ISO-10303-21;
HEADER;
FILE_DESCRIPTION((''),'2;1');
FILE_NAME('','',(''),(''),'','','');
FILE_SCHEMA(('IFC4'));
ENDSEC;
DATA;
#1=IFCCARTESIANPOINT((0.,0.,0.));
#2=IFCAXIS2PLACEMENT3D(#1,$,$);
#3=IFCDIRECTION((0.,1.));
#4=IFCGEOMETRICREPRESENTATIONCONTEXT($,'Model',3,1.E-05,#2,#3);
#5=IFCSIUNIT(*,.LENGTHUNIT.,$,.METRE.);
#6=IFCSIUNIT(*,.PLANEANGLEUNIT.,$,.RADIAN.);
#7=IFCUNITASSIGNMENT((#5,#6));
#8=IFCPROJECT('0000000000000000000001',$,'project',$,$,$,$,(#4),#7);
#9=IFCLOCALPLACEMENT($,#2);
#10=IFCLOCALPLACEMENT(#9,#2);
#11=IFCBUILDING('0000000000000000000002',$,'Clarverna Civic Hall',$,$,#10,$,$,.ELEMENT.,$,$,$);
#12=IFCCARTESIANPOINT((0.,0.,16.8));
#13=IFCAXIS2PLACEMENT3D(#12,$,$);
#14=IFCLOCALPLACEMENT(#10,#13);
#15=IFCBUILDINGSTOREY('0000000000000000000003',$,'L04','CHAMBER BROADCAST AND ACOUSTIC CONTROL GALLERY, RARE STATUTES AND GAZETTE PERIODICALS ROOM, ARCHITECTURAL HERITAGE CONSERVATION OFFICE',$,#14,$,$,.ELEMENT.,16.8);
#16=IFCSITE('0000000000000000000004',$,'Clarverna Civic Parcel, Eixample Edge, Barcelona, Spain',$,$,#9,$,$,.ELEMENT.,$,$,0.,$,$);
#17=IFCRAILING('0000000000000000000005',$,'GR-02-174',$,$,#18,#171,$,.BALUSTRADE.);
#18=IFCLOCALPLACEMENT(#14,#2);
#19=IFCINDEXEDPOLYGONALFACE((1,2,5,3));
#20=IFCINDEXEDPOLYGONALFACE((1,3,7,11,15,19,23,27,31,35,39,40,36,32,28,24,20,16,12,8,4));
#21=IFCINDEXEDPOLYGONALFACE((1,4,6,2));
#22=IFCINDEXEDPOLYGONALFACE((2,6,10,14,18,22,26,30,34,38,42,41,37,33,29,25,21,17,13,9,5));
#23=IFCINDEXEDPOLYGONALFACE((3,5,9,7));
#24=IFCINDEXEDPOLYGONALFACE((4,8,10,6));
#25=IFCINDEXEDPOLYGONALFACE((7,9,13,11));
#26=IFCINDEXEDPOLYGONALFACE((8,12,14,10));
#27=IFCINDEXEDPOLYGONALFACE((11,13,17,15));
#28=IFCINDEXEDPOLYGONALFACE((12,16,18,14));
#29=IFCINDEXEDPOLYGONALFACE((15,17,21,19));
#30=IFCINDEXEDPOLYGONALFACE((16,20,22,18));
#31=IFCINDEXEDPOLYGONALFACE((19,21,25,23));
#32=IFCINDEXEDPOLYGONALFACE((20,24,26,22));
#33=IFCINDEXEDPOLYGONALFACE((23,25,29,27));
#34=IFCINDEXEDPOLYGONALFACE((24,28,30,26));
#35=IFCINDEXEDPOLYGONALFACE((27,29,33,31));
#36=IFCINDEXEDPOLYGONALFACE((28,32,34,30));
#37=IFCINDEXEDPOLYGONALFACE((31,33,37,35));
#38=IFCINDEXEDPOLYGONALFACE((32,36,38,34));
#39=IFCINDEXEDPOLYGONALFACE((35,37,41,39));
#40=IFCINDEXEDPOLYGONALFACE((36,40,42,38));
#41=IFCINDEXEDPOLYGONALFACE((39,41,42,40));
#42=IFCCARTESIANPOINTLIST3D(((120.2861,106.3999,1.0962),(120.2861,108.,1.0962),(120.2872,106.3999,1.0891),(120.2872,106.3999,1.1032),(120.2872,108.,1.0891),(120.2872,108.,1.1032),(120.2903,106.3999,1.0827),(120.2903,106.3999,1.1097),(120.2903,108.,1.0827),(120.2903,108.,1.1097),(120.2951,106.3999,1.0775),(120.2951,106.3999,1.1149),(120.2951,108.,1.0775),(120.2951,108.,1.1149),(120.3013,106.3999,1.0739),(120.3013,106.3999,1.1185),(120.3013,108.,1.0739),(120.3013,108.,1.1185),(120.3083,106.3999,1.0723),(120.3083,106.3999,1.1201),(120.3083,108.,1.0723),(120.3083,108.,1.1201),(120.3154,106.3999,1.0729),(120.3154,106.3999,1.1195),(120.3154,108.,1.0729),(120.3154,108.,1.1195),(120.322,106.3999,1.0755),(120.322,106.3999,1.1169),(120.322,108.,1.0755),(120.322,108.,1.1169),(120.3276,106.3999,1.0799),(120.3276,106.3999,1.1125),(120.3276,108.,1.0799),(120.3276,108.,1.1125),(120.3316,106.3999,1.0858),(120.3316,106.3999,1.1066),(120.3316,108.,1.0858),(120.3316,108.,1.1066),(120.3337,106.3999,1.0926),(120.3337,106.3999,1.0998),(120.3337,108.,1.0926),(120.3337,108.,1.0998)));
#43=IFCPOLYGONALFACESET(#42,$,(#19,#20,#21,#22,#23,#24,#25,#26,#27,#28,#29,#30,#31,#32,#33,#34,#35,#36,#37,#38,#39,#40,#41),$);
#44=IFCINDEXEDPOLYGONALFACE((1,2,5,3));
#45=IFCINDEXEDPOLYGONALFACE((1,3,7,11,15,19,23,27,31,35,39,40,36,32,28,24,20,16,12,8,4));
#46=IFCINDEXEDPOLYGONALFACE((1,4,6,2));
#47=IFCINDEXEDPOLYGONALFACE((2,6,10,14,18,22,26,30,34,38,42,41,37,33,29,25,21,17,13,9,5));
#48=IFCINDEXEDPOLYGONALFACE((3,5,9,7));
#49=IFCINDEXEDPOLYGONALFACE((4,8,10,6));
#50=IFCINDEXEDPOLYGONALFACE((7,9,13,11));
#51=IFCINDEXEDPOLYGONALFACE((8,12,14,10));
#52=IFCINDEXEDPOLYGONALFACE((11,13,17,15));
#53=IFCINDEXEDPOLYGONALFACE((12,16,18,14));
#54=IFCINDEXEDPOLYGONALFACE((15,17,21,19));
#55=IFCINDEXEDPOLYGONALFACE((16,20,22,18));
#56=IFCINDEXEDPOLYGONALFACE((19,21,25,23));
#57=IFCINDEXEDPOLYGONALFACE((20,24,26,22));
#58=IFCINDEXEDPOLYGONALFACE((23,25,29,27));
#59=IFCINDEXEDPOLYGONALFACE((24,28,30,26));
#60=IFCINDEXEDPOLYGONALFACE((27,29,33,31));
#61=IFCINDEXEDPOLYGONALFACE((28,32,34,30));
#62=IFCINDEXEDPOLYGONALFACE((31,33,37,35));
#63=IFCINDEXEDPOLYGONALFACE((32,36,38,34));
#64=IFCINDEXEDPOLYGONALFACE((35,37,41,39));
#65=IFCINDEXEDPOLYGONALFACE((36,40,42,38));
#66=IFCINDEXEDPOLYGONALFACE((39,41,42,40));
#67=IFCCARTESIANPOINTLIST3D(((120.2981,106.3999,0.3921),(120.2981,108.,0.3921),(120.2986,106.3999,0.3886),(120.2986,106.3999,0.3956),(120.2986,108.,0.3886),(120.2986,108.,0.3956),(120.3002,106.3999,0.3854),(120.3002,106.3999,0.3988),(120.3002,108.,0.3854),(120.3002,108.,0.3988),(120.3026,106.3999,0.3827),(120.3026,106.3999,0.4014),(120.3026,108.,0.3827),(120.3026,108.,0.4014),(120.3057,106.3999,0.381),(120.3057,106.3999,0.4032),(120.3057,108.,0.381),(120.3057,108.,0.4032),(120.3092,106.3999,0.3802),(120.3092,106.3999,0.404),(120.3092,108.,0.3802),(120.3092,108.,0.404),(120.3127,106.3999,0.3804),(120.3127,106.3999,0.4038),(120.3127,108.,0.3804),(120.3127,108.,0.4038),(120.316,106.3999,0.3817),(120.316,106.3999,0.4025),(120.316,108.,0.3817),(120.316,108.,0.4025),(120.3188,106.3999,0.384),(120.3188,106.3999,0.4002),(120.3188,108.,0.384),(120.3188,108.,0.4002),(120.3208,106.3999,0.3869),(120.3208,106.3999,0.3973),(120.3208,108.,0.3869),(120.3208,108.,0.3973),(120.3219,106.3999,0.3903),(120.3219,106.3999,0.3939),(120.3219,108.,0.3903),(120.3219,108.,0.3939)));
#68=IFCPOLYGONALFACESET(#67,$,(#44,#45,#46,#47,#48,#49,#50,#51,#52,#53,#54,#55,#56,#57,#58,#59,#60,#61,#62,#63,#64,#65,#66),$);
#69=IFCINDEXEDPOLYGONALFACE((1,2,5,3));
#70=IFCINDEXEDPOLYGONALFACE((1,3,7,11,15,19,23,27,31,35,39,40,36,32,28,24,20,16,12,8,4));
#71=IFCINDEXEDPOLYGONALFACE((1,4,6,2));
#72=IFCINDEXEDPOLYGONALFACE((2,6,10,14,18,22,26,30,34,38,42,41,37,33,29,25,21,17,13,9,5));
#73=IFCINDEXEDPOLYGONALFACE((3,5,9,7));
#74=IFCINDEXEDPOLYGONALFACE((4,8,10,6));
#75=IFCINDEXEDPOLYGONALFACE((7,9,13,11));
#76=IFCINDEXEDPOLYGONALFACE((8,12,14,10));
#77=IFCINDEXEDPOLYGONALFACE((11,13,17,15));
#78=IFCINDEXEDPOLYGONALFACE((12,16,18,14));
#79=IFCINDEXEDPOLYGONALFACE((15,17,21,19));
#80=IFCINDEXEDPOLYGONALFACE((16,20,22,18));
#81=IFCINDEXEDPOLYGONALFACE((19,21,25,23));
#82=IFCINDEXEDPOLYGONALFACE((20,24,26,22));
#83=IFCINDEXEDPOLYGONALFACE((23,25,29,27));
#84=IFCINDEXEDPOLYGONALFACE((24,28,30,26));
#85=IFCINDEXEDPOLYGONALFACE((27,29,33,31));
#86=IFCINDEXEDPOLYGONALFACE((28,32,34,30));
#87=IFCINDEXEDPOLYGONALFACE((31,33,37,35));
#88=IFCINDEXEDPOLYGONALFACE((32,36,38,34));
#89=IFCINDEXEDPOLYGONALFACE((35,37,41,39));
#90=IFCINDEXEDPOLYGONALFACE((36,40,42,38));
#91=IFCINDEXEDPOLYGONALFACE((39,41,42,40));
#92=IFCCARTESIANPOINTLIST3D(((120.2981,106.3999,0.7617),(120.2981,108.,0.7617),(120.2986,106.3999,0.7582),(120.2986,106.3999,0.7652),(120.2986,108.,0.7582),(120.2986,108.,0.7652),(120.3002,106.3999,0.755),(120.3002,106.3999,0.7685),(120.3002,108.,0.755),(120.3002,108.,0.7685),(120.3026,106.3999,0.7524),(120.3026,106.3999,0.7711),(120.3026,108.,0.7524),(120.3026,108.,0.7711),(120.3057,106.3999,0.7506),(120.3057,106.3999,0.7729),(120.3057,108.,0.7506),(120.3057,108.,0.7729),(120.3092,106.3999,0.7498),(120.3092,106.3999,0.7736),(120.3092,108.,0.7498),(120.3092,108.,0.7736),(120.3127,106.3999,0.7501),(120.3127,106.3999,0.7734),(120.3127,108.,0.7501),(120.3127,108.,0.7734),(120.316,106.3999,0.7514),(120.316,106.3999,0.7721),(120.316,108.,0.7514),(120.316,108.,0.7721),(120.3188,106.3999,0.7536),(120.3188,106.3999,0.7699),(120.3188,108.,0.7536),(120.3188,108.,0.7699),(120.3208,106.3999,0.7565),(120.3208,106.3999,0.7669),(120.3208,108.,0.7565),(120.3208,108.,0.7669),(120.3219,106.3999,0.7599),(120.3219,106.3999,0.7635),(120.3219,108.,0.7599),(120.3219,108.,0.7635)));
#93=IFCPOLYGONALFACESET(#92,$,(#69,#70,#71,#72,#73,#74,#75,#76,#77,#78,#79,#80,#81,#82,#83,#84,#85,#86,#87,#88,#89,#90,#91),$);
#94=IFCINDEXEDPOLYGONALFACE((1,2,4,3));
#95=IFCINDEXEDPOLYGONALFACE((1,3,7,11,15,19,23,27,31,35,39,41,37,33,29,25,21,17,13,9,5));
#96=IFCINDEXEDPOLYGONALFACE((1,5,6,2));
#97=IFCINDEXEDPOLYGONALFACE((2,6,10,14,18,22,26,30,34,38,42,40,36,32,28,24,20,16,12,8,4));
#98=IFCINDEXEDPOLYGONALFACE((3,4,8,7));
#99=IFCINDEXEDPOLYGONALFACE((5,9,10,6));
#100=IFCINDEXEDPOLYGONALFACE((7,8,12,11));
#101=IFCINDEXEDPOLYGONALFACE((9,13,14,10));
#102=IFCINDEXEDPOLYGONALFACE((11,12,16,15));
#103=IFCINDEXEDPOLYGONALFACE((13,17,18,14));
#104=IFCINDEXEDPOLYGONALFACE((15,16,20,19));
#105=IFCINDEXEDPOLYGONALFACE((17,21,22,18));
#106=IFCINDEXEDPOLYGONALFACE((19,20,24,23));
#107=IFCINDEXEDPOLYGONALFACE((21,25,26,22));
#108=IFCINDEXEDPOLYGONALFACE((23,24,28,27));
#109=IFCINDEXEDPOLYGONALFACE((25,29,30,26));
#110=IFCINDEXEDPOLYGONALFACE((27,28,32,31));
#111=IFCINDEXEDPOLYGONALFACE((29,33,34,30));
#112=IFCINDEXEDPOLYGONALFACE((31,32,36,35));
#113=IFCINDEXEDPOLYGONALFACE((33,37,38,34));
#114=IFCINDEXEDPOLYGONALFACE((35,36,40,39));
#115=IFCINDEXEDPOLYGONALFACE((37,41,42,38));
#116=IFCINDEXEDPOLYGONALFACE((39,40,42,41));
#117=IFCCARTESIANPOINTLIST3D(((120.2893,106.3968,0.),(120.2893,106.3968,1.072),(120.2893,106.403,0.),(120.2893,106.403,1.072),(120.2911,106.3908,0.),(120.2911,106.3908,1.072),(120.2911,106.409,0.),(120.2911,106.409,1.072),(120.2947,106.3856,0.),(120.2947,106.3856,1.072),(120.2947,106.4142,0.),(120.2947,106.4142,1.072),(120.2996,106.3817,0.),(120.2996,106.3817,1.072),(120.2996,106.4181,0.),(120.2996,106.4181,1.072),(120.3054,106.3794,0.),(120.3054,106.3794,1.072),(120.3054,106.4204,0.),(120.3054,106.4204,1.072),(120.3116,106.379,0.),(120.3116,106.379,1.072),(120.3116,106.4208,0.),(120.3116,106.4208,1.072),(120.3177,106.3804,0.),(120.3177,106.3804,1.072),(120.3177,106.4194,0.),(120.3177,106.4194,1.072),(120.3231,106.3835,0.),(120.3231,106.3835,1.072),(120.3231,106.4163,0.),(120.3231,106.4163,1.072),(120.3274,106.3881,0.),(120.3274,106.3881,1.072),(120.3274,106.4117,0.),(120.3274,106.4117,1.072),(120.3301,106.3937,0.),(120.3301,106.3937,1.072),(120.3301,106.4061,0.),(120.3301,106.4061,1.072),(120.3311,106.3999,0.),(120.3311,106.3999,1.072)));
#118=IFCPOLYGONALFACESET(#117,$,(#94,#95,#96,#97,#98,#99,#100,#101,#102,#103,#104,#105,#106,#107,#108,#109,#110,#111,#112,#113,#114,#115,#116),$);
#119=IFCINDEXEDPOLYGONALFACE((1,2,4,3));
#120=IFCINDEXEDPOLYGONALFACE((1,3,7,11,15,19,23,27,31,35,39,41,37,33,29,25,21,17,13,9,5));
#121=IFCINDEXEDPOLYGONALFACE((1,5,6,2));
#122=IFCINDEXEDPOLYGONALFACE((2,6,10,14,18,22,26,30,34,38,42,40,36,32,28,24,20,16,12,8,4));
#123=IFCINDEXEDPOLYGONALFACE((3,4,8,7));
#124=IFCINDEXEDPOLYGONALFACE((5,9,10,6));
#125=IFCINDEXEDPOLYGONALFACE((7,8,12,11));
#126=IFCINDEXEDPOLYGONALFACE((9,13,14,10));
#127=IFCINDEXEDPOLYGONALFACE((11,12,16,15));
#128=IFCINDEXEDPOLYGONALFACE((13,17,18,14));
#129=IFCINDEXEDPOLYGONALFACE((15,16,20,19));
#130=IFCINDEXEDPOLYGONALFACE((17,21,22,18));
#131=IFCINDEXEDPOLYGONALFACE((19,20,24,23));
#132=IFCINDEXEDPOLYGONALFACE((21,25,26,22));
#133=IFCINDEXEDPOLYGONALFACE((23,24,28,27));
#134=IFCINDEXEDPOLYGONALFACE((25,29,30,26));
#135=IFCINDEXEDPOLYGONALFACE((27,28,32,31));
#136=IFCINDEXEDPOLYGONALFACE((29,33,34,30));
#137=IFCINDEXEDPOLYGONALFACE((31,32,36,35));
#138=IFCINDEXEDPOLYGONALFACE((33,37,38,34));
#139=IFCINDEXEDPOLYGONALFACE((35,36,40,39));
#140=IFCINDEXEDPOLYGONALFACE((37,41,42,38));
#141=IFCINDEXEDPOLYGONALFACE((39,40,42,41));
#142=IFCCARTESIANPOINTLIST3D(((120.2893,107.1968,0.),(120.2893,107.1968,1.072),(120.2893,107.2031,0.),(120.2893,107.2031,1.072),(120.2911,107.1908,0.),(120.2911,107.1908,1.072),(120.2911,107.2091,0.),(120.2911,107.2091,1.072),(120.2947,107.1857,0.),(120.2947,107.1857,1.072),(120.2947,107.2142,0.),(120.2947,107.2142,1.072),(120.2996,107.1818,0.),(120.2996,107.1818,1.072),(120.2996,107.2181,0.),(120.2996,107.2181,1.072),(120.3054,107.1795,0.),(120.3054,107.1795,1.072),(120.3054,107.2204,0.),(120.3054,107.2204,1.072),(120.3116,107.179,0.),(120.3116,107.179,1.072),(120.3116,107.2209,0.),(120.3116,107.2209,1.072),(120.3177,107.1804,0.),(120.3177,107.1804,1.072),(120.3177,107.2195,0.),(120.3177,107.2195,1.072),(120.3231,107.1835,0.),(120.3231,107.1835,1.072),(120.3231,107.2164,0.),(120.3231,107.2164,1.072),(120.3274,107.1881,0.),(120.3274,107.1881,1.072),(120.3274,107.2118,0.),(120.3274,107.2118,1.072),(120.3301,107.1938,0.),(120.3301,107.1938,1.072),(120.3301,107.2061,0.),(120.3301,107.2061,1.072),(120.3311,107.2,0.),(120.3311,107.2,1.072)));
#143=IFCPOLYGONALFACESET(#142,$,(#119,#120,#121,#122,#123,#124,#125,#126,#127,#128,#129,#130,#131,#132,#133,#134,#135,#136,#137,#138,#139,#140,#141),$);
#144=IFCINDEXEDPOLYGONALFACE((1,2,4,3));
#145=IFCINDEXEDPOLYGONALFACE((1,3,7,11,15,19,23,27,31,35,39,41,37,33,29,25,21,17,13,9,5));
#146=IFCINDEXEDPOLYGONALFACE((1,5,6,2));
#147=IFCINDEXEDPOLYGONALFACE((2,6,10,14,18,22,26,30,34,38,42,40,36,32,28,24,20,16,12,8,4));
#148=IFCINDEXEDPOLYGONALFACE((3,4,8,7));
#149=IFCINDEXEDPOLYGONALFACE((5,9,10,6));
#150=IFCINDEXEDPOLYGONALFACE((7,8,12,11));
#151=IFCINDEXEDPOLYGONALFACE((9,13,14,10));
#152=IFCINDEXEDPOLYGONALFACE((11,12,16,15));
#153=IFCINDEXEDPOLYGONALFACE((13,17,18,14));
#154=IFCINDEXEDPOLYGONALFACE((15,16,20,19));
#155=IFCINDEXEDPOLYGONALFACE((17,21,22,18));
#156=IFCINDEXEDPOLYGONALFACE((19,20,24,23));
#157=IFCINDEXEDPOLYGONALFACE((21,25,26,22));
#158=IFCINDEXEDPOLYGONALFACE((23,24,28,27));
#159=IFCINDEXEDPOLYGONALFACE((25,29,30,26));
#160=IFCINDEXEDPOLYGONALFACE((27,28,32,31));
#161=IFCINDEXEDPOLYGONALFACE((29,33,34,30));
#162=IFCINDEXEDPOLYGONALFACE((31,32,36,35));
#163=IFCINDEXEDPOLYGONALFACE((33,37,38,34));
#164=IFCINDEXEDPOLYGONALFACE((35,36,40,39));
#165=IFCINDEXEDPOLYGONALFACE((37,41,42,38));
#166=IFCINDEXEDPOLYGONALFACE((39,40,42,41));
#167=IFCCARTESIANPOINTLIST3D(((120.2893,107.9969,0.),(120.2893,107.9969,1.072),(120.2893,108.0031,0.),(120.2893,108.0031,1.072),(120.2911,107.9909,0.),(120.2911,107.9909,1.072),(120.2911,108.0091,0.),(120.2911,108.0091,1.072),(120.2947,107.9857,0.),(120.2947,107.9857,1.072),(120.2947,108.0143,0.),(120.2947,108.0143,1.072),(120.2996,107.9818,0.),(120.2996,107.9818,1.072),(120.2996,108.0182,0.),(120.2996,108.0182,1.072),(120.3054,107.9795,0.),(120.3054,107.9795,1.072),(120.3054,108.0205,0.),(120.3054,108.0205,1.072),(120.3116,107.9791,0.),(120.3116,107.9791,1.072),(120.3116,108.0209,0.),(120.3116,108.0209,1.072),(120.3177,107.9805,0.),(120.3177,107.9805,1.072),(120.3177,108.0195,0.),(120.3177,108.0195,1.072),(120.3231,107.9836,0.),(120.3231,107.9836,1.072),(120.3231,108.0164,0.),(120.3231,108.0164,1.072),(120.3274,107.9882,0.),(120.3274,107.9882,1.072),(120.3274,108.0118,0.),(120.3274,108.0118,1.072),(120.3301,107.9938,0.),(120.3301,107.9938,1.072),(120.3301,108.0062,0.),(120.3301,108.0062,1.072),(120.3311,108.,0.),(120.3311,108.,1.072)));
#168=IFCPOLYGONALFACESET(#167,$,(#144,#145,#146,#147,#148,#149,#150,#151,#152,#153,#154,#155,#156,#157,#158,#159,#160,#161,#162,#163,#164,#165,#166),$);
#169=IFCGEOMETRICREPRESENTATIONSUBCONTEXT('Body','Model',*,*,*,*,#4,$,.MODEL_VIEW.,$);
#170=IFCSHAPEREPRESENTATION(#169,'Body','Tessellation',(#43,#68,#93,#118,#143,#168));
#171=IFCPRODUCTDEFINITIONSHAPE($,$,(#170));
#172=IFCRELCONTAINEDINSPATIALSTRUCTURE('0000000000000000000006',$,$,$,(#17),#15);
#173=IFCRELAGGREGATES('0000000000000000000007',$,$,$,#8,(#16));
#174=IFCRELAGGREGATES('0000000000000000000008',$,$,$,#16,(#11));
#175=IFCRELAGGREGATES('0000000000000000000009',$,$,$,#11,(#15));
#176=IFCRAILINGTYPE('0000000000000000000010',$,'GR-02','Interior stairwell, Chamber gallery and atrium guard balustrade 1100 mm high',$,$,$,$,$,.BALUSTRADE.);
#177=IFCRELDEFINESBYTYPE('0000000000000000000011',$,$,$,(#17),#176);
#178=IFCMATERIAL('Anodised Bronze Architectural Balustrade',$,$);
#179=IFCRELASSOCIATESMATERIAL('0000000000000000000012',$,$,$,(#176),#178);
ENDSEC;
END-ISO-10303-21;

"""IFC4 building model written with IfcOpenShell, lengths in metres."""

from ifc_helpers import new_model, si_unit, direction, frame, origin, origin_2d, place, context, subcontext, project, spatial, circle, extrude, material, type_object, element, save


model = new_model("IFC4")

# Units and contexts
model_context = context("Model", 3, precision=1e-05, world=origin(), true_north=direction((0.0, 1.0)))
body_context = subcontext(model_context, "Body", "Model", "MODEL_VIEW")
ifc_project = project(units=[si_unit("LENGTHUNIT", "METRE"), si_unit("PLANEANGLEUNIT", "RADIAN")], contexts=[model_context])

# Site, building, storey
site_placement = place(None, origin())
site = spatial("IfcSite", under=ifc_project, at=site_placement, Name="Clarverna Civic Parcel, Eixample Edge, Barcelona, Spain", CompositionType="ELEMENT", RefElevation=0.0)
building_placement = place(site_placement, origin())
building = spatial("IfcBuilding", under=site, at=building_placement, Name="Clarverna Civic Hall", CompositionType="ELEMENT")
storey_placement = place(building_placement, frame((0.0, 0.0, 16.8)))
storey = spatial("IfcBuildingStorey", under=building, at=storey_placement, Name="L04", Description="CHAMBER BROADCAST AND ACOUSTIC CONTROL GALLERY, RARE STATUTES AND GAZETTE PERIODICALS ROOM, ARCHITECTURAL HERITAGE CONSERVATION OFFICE", CompositionType="ELEMENT", Elevation=16.8)

# Railing
ifc_material_1 = material(Name="Anodised Bronze Architectural Balustrade")
railing_type_1 = type_object("IfcRailingType", Name="GR-02", Description="Interior stairwell, Chamber gallery and atrium guard balustrade 1100 mm high", PredefinedType="BALUSTRADE", material=ifc_material_1)
railing_1_placement = place(storey_placement, frame((120.3101, 106.3999, 0.0)))
element("IfcRailing", 1, at=railing_1_placement, inside=storey, type_object=railing_type_1, Name="GR-02-174", PredefinedType="BALUSTRADE", context=body_context, shape_type="SweptSolid", body=[
    extrude(circle(Radius=0.0239, at=origin_2d()), frame((0.0, 0.0, 1.0962), z_axis=(0.0, 1.0, 0.0), x_axis=(-1.0, 0.0, 0.0)), (0.0, 0.0, 1.0), 1.6001),
    extrude(circle(Radius=0.012, at=origin_2d()), frame((0.0, 0.0, 0.3921), z_axis=(0.0, 1.0, 0.0), x_axis=(-1.0, 0.0, 0.0)), (0.0, 0.0, 1.0), 1.6001),
    extrude(circle(Radius=0.012, at=origin_2d()), frame((0.0, 0.0, 0.7617), z_axis=(0.0, 1.0, 0.0), x_axis=(-1.0, 0.0, 0.0)), (0.0, 0.0, 1.0), 1.6001),
    extrude(circle(Radius=0.021, at=origin_2d()), origin(), (0.0, 0.0, 1.0), 1.072),
    extrude(circle(Radius=0.021, at=origin_2d()), frame((0.0, 0.8, 0.0)), (0.0, 0.0, 1.0), 1.072),
    extrude(circle(Radius=0.021, at=origin_2d()), frame((0.0, 1.6001, 0.0)), (0.0, 0.0, 1.0), 1.072),
])

save(model, "model.ifc")
